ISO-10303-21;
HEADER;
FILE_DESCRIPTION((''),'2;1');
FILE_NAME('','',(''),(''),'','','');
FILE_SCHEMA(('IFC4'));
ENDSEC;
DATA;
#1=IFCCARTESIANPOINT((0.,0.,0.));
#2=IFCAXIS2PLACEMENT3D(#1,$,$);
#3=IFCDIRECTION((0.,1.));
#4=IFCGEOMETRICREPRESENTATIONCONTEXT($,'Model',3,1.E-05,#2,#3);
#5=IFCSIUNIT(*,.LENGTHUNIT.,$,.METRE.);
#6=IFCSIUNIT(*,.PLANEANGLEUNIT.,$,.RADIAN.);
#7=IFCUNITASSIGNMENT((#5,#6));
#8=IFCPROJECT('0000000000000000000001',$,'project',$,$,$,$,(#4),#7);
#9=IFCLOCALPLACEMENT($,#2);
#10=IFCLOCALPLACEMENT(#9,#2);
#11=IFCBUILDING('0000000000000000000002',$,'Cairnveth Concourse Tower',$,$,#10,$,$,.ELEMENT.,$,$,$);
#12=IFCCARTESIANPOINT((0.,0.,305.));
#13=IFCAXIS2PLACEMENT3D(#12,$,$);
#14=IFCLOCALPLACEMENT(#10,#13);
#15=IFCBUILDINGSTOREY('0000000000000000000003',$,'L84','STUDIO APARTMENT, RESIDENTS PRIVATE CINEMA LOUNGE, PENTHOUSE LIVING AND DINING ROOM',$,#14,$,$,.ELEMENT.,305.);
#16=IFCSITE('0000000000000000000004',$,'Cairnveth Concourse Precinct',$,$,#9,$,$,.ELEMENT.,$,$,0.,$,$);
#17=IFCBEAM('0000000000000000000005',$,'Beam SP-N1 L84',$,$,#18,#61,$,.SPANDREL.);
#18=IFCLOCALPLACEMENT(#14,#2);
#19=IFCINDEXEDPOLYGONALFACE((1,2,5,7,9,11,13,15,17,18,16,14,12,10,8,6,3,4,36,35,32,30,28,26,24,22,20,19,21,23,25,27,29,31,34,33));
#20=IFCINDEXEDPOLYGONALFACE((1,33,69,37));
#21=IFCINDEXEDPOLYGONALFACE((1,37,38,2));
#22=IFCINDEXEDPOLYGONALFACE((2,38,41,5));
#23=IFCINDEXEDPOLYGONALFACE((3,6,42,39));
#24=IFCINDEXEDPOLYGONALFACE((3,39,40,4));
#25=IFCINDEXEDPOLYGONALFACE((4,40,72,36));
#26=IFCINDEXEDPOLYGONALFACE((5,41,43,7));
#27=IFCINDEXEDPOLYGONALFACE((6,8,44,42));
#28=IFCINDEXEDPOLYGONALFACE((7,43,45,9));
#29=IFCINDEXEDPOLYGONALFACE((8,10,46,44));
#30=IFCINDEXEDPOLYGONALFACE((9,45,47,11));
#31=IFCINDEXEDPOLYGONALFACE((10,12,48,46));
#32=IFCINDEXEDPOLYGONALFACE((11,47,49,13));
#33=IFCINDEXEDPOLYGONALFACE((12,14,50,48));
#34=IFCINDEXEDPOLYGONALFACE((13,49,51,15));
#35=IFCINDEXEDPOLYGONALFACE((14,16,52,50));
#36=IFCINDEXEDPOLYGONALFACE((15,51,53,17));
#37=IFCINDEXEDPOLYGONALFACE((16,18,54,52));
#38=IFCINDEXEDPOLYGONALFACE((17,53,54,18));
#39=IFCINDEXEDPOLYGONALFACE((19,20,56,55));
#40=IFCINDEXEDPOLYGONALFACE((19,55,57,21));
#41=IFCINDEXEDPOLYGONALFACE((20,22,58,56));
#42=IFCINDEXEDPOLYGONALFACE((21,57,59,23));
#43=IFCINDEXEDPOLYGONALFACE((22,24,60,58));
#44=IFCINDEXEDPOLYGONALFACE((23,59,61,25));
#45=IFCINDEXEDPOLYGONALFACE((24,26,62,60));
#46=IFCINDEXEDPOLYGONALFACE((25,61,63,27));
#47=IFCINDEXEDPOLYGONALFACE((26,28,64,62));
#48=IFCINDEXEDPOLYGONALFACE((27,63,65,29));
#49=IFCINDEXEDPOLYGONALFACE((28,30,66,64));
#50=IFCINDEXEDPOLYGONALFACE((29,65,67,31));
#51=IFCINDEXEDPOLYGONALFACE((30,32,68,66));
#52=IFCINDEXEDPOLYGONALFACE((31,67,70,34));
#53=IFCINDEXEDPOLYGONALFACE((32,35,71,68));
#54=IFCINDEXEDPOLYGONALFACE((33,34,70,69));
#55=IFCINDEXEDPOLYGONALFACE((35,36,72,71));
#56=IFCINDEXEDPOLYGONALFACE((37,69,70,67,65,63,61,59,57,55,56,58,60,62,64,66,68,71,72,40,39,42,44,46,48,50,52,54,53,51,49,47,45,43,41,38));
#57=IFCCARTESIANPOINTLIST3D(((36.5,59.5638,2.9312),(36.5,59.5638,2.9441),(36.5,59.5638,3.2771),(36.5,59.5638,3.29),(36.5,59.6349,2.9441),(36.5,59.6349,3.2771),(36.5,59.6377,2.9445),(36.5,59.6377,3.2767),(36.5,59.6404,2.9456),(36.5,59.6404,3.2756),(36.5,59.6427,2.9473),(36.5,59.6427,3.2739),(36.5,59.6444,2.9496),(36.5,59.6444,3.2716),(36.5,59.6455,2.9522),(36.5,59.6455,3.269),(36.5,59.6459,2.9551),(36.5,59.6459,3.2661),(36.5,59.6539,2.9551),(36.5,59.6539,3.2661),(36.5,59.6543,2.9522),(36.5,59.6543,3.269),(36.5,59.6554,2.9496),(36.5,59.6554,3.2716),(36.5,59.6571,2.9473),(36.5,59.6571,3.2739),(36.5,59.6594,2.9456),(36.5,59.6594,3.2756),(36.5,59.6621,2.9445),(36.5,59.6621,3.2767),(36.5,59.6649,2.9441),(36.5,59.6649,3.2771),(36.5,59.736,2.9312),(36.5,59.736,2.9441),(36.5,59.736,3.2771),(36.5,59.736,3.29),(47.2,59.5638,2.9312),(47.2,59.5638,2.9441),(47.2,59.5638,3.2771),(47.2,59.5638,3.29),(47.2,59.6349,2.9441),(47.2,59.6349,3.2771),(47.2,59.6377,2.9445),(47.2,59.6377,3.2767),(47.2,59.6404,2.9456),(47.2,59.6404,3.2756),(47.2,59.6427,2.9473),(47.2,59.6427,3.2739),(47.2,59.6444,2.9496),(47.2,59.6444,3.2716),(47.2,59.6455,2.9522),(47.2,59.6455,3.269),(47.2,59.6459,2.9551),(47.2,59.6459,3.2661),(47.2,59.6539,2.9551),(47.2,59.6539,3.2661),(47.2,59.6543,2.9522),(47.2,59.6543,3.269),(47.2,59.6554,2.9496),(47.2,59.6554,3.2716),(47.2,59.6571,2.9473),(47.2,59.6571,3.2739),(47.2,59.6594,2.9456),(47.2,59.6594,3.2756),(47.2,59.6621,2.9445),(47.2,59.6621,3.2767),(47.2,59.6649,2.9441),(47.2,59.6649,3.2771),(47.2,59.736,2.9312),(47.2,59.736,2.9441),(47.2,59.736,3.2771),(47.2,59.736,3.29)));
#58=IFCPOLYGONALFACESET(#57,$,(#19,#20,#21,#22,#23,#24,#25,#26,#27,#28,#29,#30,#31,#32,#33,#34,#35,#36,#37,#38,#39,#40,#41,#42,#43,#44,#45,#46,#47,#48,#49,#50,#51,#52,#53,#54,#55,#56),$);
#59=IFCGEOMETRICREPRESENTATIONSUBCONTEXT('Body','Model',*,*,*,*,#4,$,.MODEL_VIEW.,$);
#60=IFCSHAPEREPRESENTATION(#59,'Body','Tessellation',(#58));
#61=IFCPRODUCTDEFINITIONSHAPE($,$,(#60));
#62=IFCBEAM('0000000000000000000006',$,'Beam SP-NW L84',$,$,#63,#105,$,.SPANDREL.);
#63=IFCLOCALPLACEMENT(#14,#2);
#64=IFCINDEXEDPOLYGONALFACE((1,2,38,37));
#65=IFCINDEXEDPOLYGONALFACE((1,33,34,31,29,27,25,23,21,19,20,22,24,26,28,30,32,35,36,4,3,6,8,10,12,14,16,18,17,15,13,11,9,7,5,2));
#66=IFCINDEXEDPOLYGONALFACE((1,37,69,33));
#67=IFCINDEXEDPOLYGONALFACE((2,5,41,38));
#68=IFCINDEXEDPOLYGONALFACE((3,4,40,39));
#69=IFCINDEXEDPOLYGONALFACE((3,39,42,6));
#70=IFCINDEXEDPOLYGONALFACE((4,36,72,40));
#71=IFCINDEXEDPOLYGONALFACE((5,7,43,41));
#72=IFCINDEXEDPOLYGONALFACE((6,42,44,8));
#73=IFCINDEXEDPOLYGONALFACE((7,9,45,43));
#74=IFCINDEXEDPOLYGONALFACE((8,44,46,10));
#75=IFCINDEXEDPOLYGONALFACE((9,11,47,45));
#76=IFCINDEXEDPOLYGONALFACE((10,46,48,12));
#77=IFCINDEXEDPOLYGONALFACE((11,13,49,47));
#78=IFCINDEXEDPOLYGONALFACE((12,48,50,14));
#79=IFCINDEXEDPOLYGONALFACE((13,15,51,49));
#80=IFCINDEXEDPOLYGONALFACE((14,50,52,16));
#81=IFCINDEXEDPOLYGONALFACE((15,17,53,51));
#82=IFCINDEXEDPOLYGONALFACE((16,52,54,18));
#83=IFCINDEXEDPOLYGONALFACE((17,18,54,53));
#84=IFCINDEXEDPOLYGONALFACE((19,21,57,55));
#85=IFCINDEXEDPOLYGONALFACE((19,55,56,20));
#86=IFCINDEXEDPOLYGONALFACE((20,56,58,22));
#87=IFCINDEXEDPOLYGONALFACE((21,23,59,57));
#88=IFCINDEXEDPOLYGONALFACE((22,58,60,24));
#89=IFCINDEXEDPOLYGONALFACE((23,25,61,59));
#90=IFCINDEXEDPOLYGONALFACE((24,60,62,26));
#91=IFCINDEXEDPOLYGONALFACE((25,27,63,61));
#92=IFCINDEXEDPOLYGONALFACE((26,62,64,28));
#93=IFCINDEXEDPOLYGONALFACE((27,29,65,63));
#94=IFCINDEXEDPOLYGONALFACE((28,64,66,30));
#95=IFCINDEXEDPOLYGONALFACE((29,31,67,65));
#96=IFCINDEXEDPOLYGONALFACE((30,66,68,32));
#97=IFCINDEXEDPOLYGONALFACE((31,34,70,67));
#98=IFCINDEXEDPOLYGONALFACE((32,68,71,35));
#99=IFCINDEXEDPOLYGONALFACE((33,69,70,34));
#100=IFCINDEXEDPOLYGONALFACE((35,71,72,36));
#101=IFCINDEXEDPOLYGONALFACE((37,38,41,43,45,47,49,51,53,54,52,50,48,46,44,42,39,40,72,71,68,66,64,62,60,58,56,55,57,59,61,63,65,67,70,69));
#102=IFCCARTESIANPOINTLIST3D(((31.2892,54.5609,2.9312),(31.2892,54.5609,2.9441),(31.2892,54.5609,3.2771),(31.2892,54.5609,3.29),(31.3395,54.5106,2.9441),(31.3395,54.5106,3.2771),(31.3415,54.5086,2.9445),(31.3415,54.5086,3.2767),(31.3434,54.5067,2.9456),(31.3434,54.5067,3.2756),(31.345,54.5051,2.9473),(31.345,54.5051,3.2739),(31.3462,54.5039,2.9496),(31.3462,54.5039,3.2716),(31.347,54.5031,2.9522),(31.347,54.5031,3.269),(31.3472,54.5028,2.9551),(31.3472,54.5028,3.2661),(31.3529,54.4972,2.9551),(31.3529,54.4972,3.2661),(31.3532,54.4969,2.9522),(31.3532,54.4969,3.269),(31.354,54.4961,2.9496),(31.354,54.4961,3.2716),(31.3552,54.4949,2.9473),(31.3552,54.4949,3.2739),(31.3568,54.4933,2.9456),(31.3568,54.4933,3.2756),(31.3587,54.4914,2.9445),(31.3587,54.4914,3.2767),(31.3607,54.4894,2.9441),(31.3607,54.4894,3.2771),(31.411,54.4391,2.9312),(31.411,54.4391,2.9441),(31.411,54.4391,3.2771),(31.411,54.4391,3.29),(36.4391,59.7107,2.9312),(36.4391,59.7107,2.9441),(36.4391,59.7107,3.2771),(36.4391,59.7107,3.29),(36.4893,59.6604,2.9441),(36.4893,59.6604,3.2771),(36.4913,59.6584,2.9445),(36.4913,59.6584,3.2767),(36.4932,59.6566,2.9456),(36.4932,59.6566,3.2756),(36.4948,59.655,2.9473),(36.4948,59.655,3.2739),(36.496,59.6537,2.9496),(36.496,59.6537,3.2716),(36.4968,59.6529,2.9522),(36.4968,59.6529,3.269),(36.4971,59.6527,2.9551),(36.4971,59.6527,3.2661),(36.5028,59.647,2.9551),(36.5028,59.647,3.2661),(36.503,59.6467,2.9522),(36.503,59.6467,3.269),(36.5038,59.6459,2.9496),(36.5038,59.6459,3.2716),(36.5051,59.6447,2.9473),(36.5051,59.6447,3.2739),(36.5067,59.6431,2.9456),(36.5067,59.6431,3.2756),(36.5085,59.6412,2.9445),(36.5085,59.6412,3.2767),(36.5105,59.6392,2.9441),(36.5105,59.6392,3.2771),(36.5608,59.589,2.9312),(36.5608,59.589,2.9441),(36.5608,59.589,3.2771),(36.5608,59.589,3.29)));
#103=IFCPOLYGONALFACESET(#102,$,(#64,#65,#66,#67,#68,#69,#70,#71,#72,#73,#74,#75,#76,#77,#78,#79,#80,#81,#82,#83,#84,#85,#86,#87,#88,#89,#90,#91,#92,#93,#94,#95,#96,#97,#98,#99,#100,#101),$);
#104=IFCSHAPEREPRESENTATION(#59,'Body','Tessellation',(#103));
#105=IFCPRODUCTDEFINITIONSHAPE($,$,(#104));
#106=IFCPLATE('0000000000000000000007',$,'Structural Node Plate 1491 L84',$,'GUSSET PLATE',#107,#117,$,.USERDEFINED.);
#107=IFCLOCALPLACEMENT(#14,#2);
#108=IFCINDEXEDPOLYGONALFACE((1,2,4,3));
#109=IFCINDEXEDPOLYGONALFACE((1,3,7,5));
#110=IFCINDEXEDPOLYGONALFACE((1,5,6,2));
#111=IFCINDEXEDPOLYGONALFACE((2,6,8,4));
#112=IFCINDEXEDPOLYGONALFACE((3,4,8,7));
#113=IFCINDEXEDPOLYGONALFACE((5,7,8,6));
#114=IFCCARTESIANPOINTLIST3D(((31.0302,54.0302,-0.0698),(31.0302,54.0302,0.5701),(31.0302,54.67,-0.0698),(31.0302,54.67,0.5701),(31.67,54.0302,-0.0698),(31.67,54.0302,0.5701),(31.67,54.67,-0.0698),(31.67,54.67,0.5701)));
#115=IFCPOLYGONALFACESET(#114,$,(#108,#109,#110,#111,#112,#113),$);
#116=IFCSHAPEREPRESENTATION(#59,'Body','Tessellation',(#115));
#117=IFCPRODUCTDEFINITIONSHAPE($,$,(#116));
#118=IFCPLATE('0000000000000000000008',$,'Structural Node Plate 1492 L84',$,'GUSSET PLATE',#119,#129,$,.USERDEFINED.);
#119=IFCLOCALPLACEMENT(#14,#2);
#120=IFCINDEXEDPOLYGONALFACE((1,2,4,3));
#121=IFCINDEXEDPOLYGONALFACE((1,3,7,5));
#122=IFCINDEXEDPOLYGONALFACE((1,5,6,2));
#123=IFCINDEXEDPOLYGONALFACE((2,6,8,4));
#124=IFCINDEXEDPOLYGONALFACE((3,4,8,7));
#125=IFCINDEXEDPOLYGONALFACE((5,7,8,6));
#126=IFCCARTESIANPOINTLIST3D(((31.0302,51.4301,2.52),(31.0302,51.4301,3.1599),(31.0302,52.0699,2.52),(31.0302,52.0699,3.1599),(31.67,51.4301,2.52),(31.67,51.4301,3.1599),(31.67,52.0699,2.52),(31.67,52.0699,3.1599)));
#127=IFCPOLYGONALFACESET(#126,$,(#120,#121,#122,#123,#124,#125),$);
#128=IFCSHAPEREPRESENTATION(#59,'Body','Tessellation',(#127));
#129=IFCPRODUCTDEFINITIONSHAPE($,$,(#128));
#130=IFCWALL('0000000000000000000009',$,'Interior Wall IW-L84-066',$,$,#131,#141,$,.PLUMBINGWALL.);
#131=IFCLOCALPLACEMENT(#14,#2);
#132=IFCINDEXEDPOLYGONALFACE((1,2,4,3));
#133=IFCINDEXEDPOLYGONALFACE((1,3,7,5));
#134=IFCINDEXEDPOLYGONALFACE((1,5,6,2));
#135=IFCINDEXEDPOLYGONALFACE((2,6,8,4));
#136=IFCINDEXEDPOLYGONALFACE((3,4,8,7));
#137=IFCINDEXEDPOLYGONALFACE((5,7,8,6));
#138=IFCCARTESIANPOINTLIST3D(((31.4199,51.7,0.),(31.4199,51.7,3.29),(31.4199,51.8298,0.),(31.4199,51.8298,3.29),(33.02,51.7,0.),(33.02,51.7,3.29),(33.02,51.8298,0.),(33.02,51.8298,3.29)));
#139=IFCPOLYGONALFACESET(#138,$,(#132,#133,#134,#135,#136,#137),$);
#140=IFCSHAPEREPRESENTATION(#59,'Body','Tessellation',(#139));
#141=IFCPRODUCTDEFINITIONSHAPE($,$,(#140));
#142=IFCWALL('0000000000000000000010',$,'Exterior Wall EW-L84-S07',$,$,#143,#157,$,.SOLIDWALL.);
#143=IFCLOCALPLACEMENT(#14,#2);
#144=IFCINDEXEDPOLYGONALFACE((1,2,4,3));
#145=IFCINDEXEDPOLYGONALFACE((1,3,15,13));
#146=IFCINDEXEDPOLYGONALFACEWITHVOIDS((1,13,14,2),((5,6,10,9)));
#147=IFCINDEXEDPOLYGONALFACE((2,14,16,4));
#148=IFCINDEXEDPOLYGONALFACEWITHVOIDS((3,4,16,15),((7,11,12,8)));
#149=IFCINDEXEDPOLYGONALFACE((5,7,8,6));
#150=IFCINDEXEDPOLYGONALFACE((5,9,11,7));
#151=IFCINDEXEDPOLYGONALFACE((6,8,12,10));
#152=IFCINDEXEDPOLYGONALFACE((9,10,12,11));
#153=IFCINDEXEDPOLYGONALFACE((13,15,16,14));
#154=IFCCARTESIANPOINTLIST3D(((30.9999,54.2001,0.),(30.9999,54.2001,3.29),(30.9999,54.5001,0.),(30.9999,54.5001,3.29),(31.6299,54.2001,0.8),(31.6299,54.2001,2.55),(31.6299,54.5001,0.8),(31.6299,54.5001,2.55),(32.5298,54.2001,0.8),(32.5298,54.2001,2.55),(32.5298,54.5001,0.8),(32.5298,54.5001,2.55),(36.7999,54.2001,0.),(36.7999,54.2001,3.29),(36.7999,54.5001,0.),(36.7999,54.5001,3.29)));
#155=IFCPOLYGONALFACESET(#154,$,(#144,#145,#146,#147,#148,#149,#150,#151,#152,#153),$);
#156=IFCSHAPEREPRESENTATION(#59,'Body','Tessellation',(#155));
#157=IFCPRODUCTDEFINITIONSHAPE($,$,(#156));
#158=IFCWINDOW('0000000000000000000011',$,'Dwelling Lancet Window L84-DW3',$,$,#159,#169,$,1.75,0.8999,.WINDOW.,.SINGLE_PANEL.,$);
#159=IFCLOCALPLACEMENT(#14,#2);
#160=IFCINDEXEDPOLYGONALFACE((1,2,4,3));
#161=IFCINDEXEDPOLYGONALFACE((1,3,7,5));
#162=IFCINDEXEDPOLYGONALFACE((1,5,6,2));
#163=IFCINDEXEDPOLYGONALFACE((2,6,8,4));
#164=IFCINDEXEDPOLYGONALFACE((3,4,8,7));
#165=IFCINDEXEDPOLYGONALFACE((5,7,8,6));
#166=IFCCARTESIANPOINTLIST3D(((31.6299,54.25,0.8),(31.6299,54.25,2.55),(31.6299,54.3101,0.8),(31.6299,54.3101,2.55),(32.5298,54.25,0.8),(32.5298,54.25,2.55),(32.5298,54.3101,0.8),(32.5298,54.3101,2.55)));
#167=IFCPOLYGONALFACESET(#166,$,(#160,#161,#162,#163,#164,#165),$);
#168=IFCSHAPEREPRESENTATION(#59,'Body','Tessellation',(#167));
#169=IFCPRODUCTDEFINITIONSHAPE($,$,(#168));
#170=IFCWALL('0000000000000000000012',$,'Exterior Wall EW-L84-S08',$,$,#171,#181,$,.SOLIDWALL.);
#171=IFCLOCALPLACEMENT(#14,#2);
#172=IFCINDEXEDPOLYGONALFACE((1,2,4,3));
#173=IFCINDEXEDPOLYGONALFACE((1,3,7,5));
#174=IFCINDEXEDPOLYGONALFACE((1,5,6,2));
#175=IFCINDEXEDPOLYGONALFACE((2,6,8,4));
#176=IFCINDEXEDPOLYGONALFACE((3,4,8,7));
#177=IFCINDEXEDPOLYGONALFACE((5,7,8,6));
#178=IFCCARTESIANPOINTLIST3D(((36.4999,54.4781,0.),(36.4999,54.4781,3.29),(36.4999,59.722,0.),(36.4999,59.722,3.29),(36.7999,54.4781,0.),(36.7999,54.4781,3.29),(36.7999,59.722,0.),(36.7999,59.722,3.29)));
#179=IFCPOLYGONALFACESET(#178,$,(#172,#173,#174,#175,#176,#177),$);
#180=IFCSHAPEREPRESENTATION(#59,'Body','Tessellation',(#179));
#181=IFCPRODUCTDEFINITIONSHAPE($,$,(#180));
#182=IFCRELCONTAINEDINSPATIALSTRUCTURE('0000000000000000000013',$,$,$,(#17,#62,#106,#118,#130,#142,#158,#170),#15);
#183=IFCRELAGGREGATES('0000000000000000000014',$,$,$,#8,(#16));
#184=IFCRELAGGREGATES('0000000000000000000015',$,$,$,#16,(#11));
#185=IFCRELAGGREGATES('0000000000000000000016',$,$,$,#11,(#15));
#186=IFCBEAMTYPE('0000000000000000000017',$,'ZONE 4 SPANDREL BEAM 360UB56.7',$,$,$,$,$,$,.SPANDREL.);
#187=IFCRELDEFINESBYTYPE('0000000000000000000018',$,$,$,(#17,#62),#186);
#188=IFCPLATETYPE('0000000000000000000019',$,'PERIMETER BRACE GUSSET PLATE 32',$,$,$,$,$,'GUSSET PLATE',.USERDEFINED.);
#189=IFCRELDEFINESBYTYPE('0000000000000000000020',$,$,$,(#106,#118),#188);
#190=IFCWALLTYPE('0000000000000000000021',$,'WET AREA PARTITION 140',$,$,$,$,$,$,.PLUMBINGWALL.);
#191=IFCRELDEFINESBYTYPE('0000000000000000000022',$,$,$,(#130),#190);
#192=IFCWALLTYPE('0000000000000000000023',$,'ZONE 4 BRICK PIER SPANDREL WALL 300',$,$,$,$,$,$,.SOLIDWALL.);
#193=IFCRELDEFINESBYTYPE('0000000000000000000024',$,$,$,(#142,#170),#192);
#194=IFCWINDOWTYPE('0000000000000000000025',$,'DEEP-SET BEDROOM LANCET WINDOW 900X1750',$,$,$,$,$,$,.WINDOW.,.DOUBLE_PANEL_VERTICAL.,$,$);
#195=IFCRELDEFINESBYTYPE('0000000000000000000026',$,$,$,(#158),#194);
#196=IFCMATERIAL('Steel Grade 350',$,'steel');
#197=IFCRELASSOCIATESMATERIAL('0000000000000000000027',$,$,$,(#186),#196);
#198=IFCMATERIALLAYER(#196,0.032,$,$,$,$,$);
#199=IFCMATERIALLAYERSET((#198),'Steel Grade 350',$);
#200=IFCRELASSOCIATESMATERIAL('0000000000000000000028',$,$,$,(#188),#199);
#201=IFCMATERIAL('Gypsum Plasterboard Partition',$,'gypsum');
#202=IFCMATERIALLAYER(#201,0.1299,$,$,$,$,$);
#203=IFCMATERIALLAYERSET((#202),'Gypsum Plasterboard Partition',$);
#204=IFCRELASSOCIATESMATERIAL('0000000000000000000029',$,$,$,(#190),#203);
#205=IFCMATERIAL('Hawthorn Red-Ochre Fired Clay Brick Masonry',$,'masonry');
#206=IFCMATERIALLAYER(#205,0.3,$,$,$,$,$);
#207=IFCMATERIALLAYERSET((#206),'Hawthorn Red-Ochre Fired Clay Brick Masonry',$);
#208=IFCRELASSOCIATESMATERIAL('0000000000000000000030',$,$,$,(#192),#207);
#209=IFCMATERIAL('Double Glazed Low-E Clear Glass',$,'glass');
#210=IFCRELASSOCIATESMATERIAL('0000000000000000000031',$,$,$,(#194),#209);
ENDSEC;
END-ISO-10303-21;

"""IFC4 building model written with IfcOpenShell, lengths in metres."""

from ifc_helpers import new_model, si_unit, direction, frame, frame_2d, origin, origin_2d, place, context, subcontext, project, spatial, rectangle, i_section, extrude, material, layer, layer_set, material_profile, profile_set, type_object, element, fill, save


model = new_model("IFC4")

# Units and contexts
model_context = context("Model", 3, precision=1e-05, world=origin(), true_north=direction((0.0, 1.0)))
body_context = subcontext(model_context, "Body", "Model", "MODEL_VIEW")
ifc_project = project(units=[si_unit("LENGTHUNIT", "METRE"), si_unit("PLANEANGLEUNIT", "RADIAN")], contexts=[model_context])

# Site, building, storey
site_placement = place(None, origin())
site = spatial("IfcSite", under=ifc_project, at=site_placement, Name="Cairnveth Concourse Precinct", CompositionType="ELEMENT", RefElevation=0.0)
building_placement = place(site_placement, origin())
building = spatial("IfcBuilding", under=site, at=building_placement, Name="Cairnveth Concourse Tower", CompositionType="ELEMENT")
storey_placement = place(building_placement, frame((0.0, 0.0, 305.0)))
storey = spatial("IfcBuildingStorey", under=building, at=storey_placement, Name="L84", Description="STUDIO APARTMENT, RESIDENTS PRIVATE CINEMA LOUNGE, PENTHOUSE LIVING AND DINING ROOM", CompositionType="ELEMENT", Elevation=305.0)

# Shared definitions
ifc_material_1 = material(Name="Steel Grade 350", Category="steel")

# Beams
ifc_material_profile_1 = material_profile(ifc_material_1, i_section(OverallWidth=0.1721, OverallDepth=0.3589, WebThickness=0.0081, FlangeThickness=0.0129, FilletRadius=0.011, at=origin_2d()), Name="360UB56.7")
ifc_profile_set_1 = profile_set([ifc_material_profile_1], Name="Steel Grade 350")
beam_type_1 = type_object("IfcBeamType", Name="ZONE 4 SPANDREL BEAM 360UB56.7", PredefinedType="SPANDREL", material=ifc_profile_set_1)
beam_1_placement = place(storey_placement, frame((36.5, 59.6499, 3.1106), z_axis=(1.0, 0.0, 0.0), x_axis=(0.0, 1.0, 0.0)))
element("IfcBeam", 1, at=beam_1_placement, inside=storey, type_object=beam_type_1, Name="Beam SP-N1 L84", PredefinedType="SPANDREL", context=body_context, shape_type="SweptSolid", body=[
    extrude(i_section(OverallWidth=0.1721, OverallDepth=0.3589, WebThickness=0.0081, FlangeThickness=0.0129, FilletRadius=0.011, at=origin_2d()), origin(), (0.0, 0.0, 1.0), 10.7),
])
beam_2_placement = place(storey_placement, frame((31.3501, 54.5, 3.1106), z_axis=(0.707107, 0.707107, 0.0), x_axis=(-0.707107, 0.707107, 0.0)))
element("IfcBeam", 2, at=beam_2_placement, inside=storey, type_object=beam_type_1, Name="Beam SP-NW L84", PredefinedType="SPANDREL", context=body_context, shape_type="SweptSolid", body=[
    extrude(i_section(OverallWidth=0.1721, OverallDepth=0.3589, WebThickness=0.0081, FlangeThickness=0.0129, FilletRadius=0.011, at=origin_2d()), origin(), (0.0, 0.0, 1.0), 7.283),
])

# Plates
ifc_layer_1 = layer(ifc_material_1, 0.032)
ifc_layer_set_1 = layer_set([ifc_layer_1], Name="Steel Grade 350")
plate_type = type_object("IfcPlateType", Name="PERIMETER BRACE GUSSET PLATE 32", ElementType="GUSSET PLATE", PredefinedType="USERDEFINED", material=ifc_layer_set_1)
for number, where, z_axis, x_axis, name in (
    (3, (31.3501, 54.3501, -0.0698), (0.0, 0.0, 1.0), (1.0, 0.0, 0.0), "Structural Node Plate 1491 L84"),
    (4, (31.3501, 51.75, 2.52), (0.0, 0.0, 1.0), (1.0, 0.0, 0.0), "Structural Node Plate 1492 L84"),
):
    element("IfcPlate", number, at=place(storey_placement, frame(where, z_axis=z_axis, x_axis=x_axis)), inside=storey, type_object=plate_type, Name=name, ObjectType="GUSSET PLATE", PredefinedType="USERDEFINED", context=body_context, shape_type="SweptSolid", body=[
        extrude(rectangle(XDim=0.6399, YDim=0.6399, at=origin_2d()), origin(), (0.0, 0.0, 1.0), 0.6399),
    ])

# Wall
ifc_material_2 = material(Name="Gypsum Plasterboard Partition", Category="gypsum")
ifc_layer_2 = layer(ifc_material_2, 0.1299)
ifc_layer_set_2 = layer_set([ifc_layer_2], Name="Gypsum Plasterboard Partition")
wall_type_1 = type_object("IfcWallType", Name="WET AREA PARTITION 140", PredefinedType="PLUMBINGWALL", material=ifc_layer_set_2)
wall_1_placement = place(storey_placement, frame((31.4199, 51.7649, 0.0), z_axis=(0.0, 0.0, 1.0), x_axis=(1.0, 0.0, 0.0)))
element("IfcWall", 5, at=wall_1_placement, inside=storey, type_object=wall_type_1, Name="Interior Wall IW-L84-066", PredefinedType="PLUMBINGWALL", context=body_context, shape_type="SweptSolid", body=[
    extrude(rectangle(XDim=1.6001, YDim=0.1299, at=frame_2d((0.8, 0.0))), origin(), (0.0, 0.0, 1.0), 3.29),
])

# Wall, opening, window
ifc_material_3 = material(Name="Hawthorn Red-Ochre Fired Clay Brick Masonry", Category="masonry")
ifc_layer_3 = layer(ifc_material_3, 0.3)
ifc_layer_set_3 = layer_set([ifc_layer_3], Name="Hawthorn Red-Ochre Fired Clay Brick Masonry")
wall_type_2 = type_object("IfcWallType", Name="ZONE 4 BRICK PIER SPANDREL WALL 300", PredefinedType="SOLIDWALL", material=ifc_layer_set_3)
wall_2_placement = place(storey_placement, frame((31.0, 54.3501, 0.0), z_axis=(0.0, 0.0, 1.0), x_axis=(1.0, 0.0, 0.0)))
wall_2 = element("IfcWall", 6, at=wall_2_placement, inside=storey, type_object=wall_type_2, Name="Exterior Wall EW-L84-S07", PredefinedType="SOLIDWALL", context=body_context, shape_type="SweptSolid", body=[
    extrude(rectangle(XDim=5.8, YDim=0.3, at=frame_2d((2.8999, 0.0))), origin(), (0.0, 0.0, 1.0), 3.29),
])
opening_1_placement = place(wall_2_placement, frame((0.6299, 0.0, 0.8)))
opening_1 = element("IfcOpeningElement", 7, at=opening_1_placement, cuts=wall_2, PredefinedType="OPENING", context=body_context, shape_type="SweptSolid", body=[
    extrude(rectangle(XDim=0.8999, YDim=1.75, at=frame_2d((0.45, 0.875))), frame((0.0, 0.1599, 0.0), z_axis=(0.0, -1.0, 0.0), x_axis=(1.0, 0.0, 0.0)), (0.0, 0.0, 1.0), 0.3201),
])
ifc_material_4 = material(Name="Double Glazed Low-E Clear Glass", Category="glass")
window_type_1 = type_object("IfcWindowType", Name="DEEP-SET BEDROOM LANCET WINDOW 900X1750", PartitioningType="DOUBLE_PANEL_VERTICAL", PredefinedType="WINDOW", material=ifc_material_4)
window_1_placement = place(opening_1_placement, origin())
window_1 = element("IfcWindow", 8, at=window_1_placement, inside=storey, type_object=window_type_1, Name="Dwelling Lancet Window L84-DW3", OverallHeight=1.75, OverallWidth=0.8999, PartitioningType="SINGLE_PANEL", PredefinedType="WINDOW", context=body_context, shape_type="SweptSolid", body=[
    extrude(rectangle(XDim=0.8999, YDim=1.75, at=frame_2d((0.45, 0.875))), frame((0.0, -0.04, 0.0), z_axis=(0.0, -1.0, 0.0), x_axis=(1.0, 0.0, 0.0)), (0.0, 0.0, 1.0), 0.0601),
])
fill(opening_1, window_1)

# Wall
wall_3_placement = place(storey_placement, frame((36.6499, 54.478, 0.0), z_axis=(0.0, 0.0, 1.0), x_axis=(0.0, 1.0, 0.0)))
element("IfcWall", 9, at=wall_3_placement, inside=storey, type_object=wall_type_2, Name="Exterior Wall EW-L84-S08", PredefinedType="SOLIDWALL", context=body_context, shape_type="SweptSolid", body=[
    extrude(rectangle(XDim=5.2439, YDim=0.3, at=frame_2d((2.6221, 0.0))), origin(), (0.0, 0.0, 1.0), 3.29),
])

save(model, "model.ifc")
